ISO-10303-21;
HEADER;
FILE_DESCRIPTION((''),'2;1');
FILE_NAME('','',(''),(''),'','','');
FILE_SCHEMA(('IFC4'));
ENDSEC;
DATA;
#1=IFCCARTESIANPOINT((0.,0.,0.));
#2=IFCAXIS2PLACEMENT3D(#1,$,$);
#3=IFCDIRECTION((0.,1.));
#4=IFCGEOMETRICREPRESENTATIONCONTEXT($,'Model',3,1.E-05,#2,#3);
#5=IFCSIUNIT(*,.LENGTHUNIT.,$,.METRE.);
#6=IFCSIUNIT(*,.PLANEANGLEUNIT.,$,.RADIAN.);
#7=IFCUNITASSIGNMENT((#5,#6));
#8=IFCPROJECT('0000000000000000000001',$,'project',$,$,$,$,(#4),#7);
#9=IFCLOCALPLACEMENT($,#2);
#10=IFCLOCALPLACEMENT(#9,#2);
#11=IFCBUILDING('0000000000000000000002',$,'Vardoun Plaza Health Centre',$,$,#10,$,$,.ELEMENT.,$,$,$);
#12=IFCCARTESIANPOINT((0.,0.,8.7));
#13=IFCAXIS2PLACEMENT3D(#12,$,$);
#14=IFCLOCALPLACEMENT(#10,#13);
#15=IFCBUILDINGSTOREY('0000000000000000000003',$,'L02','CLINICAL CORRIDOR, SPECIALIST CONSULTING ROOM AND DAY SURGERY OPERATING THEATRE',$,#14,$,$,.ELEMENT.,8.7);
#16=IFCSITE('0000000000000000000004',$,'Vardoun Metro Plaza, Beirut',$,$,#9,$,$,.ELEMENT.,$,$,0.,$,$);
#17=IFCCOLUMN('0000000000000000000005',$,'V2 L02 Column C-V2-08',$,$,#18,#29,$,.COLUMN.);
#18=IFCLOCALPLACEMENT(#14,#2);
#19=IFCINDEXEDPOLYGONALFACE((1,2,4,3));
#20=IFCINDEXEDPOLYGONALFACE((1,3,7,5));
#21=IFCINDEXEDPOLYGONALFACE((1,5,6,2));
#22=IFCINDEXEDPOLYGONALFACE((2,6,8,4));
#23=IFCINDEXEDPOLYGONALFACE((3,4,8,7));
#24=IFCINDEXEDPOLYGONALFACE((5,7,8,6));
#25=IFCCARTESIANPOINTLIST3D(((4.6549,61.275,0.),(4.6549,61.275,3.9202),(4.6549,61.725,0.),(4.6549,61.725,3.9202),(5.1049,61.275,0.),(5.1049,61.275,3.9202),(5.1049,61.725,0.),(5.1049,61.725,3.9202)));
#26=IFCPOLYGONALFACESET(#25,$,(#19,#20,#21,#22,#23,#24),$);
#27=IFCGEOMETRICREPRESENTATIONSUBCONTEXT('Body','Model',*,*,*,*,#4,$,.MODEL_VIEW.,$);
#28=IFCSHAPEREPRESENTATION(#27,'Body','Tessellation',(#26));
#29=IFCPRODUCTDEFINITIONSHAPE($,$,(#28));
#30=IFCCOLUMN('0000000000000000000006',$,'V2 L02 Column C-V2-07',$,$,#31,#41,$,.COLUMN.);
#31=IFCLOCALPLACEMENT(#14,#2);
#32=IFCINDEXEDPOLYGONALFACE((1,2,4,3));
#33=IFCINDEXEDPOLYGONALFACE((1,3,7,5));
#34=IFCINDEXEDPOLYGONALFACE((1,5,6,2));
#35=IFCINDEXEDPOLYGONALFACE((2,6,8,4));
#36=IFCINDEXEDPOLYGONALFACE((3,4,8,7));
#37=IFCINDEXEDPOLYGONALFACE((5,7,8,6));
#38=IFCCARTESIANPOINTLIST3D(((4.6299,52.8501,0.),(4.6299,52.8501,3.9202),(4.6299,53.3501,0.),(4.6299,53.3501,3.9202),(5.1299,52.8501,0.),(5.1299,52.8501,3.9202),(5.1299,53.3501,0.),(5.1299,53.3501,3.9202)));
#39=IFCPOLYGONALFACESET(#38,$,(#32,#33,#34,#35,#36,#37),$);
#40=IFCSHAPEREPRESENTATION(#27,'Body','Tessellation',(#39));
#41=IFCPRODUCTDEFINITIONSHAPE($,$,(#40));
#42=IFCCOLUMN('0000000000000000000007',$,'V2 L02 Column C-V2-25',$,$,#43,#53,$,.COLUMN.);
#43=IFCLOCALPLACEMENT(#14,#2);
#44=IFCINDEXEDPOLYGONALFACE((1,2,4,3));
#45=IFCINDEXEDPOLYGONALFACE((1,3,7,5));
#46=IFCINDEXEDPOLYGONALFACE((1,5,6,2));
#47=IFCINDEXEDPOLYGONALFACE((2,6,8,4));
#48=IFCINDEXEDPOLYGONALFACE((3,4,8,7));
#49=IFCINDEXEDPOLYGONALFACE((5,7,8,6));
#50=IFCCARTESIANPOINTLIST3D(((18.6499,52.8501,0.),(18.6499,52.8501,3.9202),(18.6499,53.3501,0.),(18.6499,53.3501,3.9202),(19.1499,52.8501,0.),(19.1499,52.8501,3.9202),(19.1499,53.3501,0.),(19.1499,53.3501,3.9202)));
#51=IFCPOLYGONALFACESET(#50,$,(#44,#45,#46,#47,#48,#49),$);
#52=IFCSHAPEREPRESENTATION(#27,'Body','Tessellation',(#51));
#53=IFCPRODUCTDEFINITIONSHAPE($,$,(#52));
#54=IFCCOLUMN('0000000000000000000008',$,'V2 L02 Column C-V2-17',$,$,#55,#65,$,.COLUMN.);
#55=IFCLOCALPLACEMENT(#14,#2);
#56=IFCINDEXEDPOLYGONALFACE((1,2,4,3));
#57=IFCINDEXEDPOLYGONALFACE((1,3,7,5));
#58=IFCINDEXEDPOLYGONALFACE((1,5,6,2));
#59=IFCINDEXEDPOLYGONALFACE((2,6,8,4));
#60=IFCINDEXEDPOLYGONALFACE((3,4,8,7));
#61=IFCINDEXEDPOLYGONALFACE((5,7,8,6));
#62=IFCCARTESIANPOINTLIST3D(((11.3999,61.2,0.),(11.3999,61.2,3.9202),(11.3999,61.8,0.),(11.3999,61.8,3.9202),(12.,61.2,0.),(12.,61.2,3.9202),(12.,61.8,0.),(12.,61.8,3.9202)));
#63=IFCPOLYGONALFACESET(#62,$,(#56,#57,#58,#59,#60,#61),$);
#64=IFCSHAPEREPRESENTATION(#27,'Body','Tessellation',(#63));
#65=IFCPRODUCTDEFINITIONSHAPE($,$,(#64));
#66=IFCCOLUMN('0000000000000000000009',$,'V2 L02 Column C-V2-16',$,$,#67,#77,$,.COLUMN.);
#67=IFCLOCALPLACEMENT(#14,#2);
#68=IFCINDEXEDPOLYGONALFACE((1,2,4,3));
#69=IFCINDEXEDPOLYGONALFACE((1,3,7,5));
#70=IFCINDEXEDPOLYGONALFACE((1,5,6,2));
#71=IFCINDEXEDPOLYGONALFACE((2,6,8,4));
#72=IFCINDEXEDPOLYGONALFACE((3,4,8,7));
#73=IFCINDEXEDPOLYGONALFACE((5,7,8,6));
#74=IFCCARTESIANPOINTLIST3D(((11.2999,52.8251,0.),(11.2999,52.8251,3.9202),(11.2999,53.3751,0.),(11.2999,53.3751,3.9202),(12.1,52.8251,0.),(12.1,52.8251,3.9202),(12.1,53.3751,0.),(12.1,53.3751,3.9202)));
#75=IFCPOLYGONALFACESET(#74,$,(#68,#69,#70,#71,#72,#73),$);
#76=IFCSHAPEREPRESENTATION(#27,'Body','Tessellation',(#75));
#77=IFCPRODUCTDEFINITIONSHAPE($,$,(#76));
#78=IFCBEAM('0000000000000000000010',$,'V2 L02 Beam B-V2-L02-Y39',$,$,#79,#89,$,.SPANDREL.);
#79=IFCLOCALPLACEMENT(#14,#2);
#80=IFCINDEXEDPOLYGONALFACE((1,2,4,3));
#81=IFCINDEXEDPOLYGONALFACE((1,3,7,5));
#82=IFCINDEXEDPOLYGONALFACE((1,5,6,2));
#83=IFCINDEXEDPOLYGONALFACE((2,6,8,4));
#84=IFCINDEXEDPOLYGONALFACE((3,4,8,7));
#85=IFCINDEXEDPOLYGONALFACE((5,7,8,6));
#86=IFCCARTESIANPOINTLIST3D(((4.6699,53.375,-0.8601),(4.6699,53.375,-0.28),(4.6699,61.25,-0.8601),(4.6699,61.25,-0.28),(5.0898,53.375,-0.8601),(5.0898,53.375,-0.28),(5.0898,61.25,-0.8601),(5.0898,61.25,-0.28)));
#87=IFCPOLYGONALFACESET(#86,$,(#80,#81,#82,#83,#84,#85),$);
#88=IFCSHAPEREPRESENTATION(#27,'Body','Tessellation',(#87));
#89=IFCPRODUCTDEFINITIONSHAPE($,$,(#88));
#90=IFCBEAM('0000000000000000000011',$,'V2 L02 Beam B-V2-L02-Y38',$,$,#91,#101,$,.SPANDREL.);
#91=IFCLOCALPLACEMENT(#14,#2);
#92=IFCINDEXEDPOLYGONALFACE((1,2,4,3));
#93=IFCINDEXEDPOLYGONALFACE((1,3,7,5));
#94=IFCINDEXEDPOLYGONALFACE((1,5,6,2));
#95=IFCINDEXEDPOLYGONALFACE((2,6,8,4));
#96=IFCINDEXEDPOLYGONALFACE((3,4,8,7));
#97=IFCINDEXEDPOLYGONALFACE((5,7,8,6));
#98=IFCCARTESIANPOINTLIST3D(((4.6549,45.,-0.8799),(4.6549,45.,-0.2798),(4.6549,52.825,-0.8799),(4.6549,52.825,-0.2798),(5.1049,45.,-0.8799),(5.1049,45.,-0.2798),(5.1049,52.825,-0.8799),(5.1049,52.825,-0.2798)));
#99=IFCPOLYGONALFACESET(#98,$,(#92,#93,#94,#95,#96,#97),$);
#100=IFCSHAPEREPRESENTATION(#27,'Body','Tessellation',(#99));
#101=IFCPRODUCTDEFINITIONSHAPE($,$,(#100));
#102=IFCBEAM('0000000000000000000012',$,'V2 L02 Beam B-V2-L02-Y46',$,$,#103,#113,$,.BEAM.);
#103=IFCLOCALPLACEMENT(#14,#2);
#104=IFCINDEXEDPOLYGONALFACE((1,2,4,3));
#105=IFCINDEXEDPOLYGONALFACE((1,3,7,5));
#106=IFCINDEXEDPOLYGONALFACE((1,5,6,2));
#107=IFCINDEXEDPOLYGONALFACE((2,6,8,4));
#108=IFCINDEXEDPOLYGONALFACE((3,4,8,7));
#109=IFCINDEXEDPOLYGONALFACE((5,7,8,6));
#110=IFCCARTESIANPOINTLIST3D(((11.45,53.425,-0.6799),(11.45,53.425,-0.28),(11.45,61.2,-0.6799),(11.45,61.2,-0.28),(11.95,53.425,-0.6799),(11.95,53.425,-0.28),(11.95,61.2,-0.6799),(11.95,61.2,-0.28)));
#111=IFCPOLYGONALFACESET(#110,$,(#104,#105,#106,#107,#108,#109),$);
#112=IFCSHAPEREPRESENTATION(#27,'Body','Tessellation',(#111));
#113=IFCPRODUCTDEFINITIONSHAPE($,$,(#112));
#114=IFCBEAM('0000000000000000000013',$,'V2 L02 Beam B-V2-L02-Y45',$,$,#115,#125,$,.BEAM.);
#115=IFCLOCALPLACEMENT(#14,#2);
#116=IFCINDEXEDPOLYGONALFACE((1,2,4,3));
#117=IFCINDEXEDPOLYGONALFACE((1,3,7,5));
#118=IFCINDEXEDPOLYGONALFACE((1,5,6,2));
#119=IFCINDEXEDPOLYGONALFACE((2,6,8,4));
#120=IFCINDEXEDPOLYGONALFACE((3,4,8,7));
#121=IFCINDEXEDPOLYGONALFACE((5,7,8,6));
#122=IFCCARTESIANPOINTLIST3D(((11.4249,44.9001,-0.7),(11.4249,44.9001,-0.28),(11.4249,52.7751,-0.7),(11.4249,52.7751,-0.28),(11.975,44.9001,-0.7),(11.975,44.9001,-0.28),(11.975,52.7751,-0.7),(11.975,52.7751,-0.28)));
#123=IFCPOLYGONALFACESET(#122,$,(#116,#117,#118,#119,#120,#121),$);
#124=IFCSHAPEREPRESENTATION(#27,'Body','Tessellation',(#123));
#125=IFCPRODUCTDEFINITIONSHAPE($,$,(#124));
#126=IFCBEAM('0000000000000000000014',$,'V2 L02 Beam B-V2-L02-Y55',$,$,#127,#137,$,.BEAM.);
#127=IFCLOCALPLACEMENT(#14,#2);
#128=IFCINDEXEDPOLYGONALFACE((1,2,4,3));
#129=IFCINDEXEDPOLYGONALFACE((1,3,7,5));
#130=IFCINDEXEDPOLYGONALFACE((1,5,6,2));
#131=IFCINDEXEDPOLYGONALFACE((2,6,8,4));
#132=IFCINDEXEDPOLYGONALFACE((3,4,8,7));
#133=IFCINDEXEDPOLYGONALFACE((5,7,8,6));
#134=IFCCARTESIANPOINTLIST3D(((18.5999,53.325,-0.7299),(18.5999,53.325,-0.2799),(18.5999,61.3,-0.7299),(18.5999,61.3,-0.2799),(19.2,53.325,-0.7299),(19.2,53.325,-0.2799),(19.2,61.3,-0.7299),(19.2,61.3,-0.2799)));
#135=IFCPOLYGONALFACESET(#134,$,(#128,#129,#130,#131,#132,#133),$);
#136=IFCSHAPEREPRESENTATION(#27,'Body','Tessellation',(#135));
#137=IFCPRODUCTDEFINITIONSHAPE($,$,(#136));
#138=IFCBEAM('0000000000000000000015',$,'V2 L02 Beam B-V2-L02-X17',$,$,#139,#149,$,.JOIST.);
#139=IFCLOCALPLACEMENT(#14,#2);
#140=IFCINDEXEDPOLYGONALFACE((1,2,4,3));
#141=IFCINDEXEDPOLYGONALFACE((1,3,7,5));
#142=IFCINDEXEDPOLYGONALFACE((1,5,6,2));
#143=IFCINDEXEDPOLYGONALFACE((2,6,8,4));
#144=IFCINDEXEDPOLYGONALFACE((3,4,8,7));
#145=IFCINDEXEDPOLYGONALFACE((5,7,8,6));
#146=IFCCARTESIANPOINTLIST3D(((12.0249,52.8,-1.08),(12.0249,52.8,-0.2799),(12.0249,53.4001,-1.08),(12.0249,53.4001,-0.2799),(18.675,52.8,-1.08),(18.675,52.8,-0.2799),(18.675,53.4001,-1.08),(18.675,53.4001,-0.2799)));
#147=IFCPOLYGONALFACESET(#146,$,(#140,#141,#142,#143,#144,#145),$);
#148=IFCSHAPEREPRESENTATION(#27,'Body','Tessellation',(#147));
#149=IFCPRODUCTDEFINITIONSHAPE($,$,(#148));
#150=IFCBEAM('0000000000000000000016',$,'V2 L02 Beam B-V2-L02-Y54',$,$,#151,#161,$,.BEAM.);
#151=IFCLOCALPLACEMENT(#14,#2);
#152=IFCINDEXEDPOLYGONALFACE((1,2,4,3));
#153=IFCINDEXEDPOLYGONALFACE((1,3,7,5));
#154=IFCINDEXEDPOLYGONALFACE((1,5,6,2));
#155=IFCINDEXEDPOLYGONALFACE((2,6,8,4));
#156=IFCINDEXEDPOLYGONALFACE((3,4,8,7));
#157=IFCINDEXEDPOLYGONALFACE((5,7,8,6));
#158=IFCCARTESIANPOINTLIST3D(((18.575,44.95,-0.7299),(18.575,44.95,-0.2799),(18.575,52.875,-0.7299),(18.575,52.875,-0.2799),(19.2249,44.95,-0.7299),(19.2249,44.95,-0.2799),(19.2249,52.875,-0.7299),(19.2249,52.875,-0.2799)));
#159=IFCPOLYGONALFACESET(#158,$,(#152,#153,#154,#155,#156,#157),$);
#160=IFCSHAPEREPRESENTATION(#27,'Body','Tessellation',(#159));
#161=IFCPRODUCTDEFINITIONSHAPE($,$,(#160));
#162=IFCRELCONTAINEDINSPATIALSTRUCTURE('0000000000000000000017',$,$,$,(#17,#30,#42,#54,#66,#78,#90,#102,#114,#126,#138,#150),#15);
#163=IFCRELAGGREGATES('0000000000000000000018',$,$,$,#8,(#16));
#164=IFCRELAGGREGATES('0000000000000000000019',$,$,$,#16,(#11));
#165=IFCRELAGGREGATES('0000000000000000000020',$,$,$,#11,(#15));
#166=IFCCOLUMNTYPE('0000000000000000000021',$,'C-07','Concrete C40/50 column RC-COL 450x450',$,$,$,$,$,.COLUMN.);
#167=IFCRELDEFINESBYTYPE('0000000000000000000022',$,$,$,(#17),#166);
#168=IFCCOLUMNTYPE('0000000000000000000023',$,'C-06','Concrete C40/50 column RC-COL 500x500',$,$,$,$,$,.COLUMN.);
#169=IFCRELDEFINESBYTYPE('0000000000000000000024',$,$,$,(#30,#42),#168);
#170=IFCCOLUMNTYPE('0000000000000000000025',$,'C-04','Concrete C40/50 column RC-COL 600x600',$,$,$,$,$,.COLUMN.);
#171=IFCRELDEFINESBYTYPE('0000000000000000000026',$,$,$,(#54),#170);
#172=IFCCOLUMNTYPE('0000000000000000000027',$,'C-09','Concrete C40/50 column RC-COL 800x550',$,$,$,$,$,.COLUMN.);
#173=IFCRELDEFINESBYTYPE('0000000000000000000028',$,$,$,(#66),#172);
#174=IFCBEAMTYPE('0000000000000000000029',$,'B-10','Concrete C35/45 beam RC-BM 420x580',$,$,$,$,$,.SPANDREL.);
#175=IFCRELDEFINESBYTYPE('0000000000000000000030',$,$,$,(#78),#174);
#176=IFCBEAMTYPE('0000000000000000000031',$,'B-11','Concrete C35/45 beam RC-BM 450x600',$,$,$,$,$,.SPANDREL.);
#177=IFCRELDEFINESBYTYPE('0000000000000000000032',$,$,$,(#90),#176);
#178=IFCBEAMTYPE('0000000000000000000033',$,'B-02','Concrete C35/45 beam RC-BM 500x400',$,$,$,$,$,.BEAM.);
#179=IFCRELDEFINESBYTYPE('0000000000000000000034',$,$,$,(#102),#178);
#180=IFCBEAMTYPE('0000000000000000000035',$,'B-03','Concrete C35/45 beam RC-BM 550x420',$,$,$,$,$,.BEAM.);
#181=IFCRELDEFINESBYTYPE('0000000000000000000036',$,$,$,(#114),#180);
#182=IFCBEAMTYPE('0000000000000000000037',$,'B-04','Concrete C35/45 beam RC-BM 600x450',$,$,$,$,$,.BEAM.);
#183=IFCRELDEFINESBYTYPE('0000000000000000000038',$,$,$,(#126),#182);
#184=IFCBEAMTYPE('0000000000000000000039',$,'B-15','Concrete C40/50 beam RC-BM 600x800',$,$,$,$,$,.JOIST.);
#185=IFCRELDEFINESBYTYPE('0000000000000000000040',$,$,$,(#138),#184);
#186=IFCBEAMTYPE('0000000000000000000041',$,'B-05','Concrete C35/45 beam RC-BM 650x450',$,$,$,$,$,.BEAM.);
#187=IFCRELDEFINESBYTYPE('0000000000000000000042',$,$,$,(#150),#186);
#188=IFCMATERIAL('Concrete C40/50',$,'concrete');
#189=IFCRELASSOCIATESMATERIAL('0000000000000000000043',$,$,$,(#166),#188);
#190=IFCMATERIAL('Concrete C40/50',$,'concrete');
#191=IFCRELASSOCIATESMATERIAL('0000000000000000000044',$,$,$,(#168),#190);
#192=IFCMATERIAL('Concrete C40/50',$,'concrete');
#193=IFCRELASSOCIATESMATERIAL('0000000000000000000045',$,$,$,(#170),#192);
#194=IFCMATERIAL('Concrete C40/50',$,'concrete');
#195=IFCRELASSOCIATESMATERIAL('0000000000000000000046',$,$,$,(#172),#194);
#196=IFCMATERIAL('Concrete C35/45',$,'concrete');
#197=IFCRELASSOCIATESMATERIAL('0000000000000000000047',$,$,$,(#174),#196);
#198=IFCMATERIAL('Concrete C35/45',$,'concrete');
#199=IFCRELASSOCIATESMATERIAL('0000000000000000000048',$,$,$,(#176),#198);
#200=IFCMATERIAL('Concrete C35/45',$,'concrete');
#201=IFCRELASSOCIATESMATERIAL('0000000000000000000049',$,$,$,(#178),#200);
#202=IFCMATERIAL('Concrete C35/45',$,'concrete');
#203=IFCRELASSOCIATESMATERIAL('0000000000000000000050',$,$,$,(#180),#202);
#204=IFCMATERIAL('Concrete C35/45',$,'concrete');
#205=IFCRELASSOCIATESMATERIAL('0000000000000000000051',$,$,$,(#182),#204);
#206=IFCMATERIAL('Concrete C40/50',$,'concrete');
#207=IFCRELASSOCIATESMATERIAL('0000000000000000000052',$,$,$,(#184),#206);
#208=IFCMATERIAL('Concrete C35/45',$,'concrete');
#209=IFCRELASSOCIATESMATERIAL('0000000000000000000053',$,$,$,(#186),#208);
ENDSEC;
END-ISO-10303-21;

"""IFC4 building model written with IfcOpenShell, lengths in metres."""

from ifc_helpers import new_model, si_unit, direction, frame, origin, origin_2d, place, context, subcontext, project, spatial, rectangle, extrude, material, material_profile, profile_set, type_object, element, save


model = new_model("IFC4")

# Units and contexts
model_context = context("Model", 3, precision=1e-05, world=origin(), true_north=direction((0.0, 1.0)))
body_context = subcontext(model_context, "Body", "Model", "MODEL_VIEW")
ifc_project = project(units=[si_unit("LENGTHUNIT", "METRE"), si_unit("PLANEANGLEUNIT", "RADIAN")], contexts=[model_context])

# Site, building, storey
site_placement = place(None, origin())
site = spatial("IfcSite", under=ifc_project, at=site_placement, Name="Vardoun Metro Plaza, Beirut", CompositionType="ELEMENT", RefElevation=0.0)
building_placement = place(site_placement, origin())
building = spatial("IfcBuilding", under=site, at=building_placement, Name="Vardoun Plaza Health Centre", CompositionType="ELEMENT")
storey_placement = place(building_placement, frame((0.0, 0.0, 8.7)))
storey = spatial("IfcBuildingStorey", under=building, at=storey_placement, Name="L02", Description="CLINICAL CORRIDOR, SPECIALIST CONSULTING ROOM AND DAY SURGERY OPERATING THEATRE", CompositionType="ELEMENT", Elevation=8.7)

# Columns
ifc_material_1 = material(Name="Concrete C40/50", Category="concrete")
ifc_material_profile_1 = material_profile(ifc_material_1, rectangle(XDim=0.45, YDim=0.45, at=origin_2d()), Name="RC-COL 450x450")
ifc_profile_set_1 = profile_set([ifc_material_profile_1], Name="Concrete C40/50")
column_type_1 = type_object("IfcColumnType", Name="C-07", Description="Concrete C40/50 column RC-COL 450x450", PredefinedType="COLUMN", material=ifc_profile_set_1)
column_1_placement = place(storey_placement, frame((4.8799, 61.5, 0.0), z_axis=(0.0, 0.0, 1.0), x_axis=(1.0, 0.0, 0.0)))
element("IfcColumn", 1, at=column_1_placement, inside=storey, type_object=column_type_1, Name="V2 L02 Column C-V2-08", PredefinedType="COLUMN", context=body_context, shape_type="SweptSolid", body=[
    extrude(rectangle(XDim=0.45, YDim=0.45, at=origin_2d()), origin(), (0.0, 0.0, 1.0), 3.9202),
])
ifc_material_2 = material(Name="Concrete C40/50", Category="concrete")
ifc_material_profile_2 = material_profile(ifc_material_2, rectangle(XDim=0.5, YDim=0.5, at=origin_2d()), Name="RC-COL 500x500")
ifc_profile_set_2 = profile_set([ifc_material_profile_2], Name="Concrete C40/50")
column_type_2 = type_object("IfcColumnType", Name="C-06", Description="Concrete C40/50 column RC-COL 500x500", PredefinedType="COLUMN", material=ifc_profile_set_2)
for number, where, z_axis, x_axis, name in (
    (2, (4.8799, 53.1001, 0.0), (0.0, 0.0, 1.0), (1.0, 0.0, 0.0), "V2 L02 Column C-V2-07"),
    (3, (18.8999, 53.1001, 0.0), (0.0, 0.0, 1.0), (1.0, 0.0, 0.0), "V2 L02 Column C-V2-25"),
):
    element("IfcColumn", number, at=place(storey_placement, frame(where, z_axis=z_axis, x_axis=x_axis)), inside=storey, type_object=column_type_2, Name=name, PredefinedType="COLUMN", context=body_context, shape_type="SweptSolid", body=[
        extrude(rectangle(XDim=0.5, YDim=0.5, at=origin_2d()), origin(), (0.0, 0.0, 1.0), 3.9202),
    ])
ifc_material_3 = material(Name="Concrete C40/50", Category="concrete")
ifc_material_profile_3 = material_profile(ifc_material_3, rectangle(XDim=0.6001, YDim=0.6001, at=origin_2d()), Name="RC-COL 600x600")
ifc_profile_set_3 = profile_set([ifc_material_profile_3], Name="Concrete C40/50")
column_type_3 = type_object("IfcColumnType", Name="C-04", Description="Concrete C40/50 column RC-COL 600x600", PredefinedType="COLUMN", material=ifc_profile_set_3)
column_2_placement = place(storey_placement, frame((11.7, 61.5, 0.0), z_axis=(0.0, 0.0, 1.0), x_axis=(1.0, 0.0, 0.0)))
element("IfcColumn", 4, at=column_2_placement, inside=storey, type_object=column_type_3, Name="V2 L02 Column C-V2-17", PredefinedType="COLUMN", context=body_context, shape_type="SweptSolid", body=[
    extrude(rectangle(XDim=0.6001, YDim=0.6001, at=origin_2d()), origin(), (0.0, 0.0, 1.0), 3.9202),
])
ifc_material_4 = material(Name="Concrete C40/50", Category="concrete")
ifc_material_profile_4 = material_profile(ifc_material_4, rectangle(XDim=0.8, YDim=0.55, at=origin_2d()), Name="RC-COL 800x550")
ifc_profile_set_4 = profile_set([ifc_material_profile_4], Name="Concrete C40/50")
column_type_4 = type_object("IfcColumnType", Name="C-09", Description="Concrete C40/50 column RC-COL 800x550", PredefinedType="COLUMN", material=ifc_profile_set_4)
column_3_placement = place(storey_placement, frame((11.7, 53.1001, 0.0), z_axis=(0.0, 0.0, 1.0), x_axis=(1.0, 0.0, 0.0)))
element("IfcColumn", 5, at=column_3_placement, inside=storey, type_object=column_type_4, Name="V2 L02 Column C-V2-16", PredefinedType="COLUMN", context=body_context, shape_type="SweptSolid", body=[
    extrude(rectangle(XDim=0.8, YDim=0.55, at=origin_2d()), origin(), (0.0, 0.0, 1.0), 3.9202),
])

# Beams
ifc_material_5 = material(Name="Concrete C35/45", Category="concrete")
ifc_material_profile_5 = material_profile(ifc_material_5, rectangle(XDim=0.4199, YDim=0.5801, at=origin_2d()), Name="RC-BM 420x580")
ifc_profile_set_5 = profile_set([ifc_material_profile_5], Name="Concrete C35/45")
beam_type_1 = type_object("IfcBeamType", Name="B-10", Description="Concrete C35/45 beam RC-BM 420x580", PredefinedType="SPANDREL", material=ifc_profile_set_5)
beam_1_placement = place(storey_placement, frame((4.8799, 53.375, -0.5701), z_axis=(0.0, 1.0, 0.0), x_axis=(-1.0, 0.0, 0.0)))
element("IfcBeam", 6, at=beam_1_placement, inside=storey, type_object=beam_type_1, Name="V2 L02 Beam B-V2-L02-Y39", PredefinedType="SPANDREL", context=body_context, shape_type="SweptSolid", body=[
    extrude(rectangle(XDim=0.4199, YDim=0.5801, at=origin_2d()), origin(), (0.0, 0.0, 1.0), 7.875),
])
ifc_material_6 = material(Name="Concrete C35/45", Category="concrete")
ifc_material_profile_6 = material_profile(ifc_material_6, rectangle(XDim=0.45, YDim=0.6001, at=origin_2d()), Name="RC-BM 450x600")
ifc_profile_set_6 = profile_set([ifc_material_profile_6], Name="Concrete C35/45")
beam_type_2 = type_object("IfcBeamType", Name="B-11", Description="Concrete C35/45 beam RC-BM 450x600", PredefinedType="SPANDREL", material=ifc_profile_set_6)
beam_2_placement = place(storey_placement, frame((4.8799, 45.0, -0.5798), z_axis=(0.0, 1.0, 0.0), x_axis=(-1.0, 0.0, 0.0)))
element("IfcBeam", 7, at=beam_2_placement, inside=storey, type_object=beam_type_2, Name="V2 L02 Beam B-V2-L02-Y38", PredefinedType="SPANDREL", context=body_context, shape_type="SweptSolid", body=[
    extrude(rectangle(XDim=0.45, YDim=0.6001, at=origin_2d()), origin(), (0.0, 0.0, 1.0), 7.825),
])
ifc_material_7 = material(Name="Concrete C35/45", Category="concrete")
ifc_material_profile_7 = material_profile(ifc_material_7, rectangle(XDim=0.5, YDim=0.3999, at=origin_2d()), Name="RC-BM 500x400")
ifc_profile_set_7 = profile_set([ifc_material_profile_7], Name="Concrete C35/45")
beam_type_3 = type_object("IfcBeamType", Name="B-02", Description="Concrete C35/45 beam RC-BM 500x400", PredefinedType="BEAM", material=ifc_profile_set_7)
beam_3_placement = place(storey_placement, frame((11.7, 53.425, -0.48), z_axis=(0.0, 1.0, 0.0), x_axis=(-1.0, 0.0, 0.0)))
element("IfcBeam", 8, at=beam_3_placement, inside=storey, type_object=beam_type_3, Name="V2 L02 Beam B-V2-L02-Y46", PredefinedType="BEAM", context=body_context, shape_type="SweptSolid", body=[
    extrude(rectangle(XDim=0.5, YDim=0.3999, at=origin_2d()), origin(), (0.0, 0.0, 1.0), 7.7749),
])
ifc_material_8 = material(Name="Concrete C35/45", Category="concrete")
ifc_material_profile_8 = material_profile(ifc_material_8, rectangle(XDim=0.55, YDim=0.4199, at=origin_2d()), Name="RC-BM 550x420")
ifc_profile_set_8 = profile_set([ifc_material_profile_8], Name="Concrete C35/45")
beam_type_4 = type_object("IfcBeamType", Name="B-03", Description="Concrete C35/45 beam RC-BM 550x420", PredefinedType="BEAM", material=ifc_profile_set_8)
beam_4_placement = place(storey_placement, frame((11.7, 44.9001, -0.49), z_axis=(0.0, 1.0, 0.0), x_axis=(-1.0, 0.0, 0.0)))
element("IfcBeam", 9, at=beam_4_placement, inside=storey, type_object=beam_type_4, Name="V2 L02 Beam B-V2-L02-Y45", PredefinedType="BEAM", context=body_context, shape_type="SweptSolid", body=[
    extrude(rectangle(XDim=0.55, YDim=0.4199, at=origin_2d()), origin(), (0.0, 0.0, 1.0), 7.875),
])
ifc_material_9 = material(Name="Concrete C35/45", Category="concrete")
ifc_material_profile_9 = material_profile(ifc_material_9, rectangle(XDim=0.6001, YDim=0.45, at=origin_2d()), Name="RC-BM 600x450")
ifc_profile_set_9 = profile_set([ifc_material_profile_9], Name="Concrete C35/45")
beam_type_5 = type_object("IfcBeamType", Name="B-04", Description="Concrete C35/45 beam RC-BM 600x450", PredefinedType="BEAM", material=ifc_profile_set_9)
beam_5_placement = place(storey_placement, frame((18.8999, 53.325, -0.5049), z_axis=(0.0, 1.0, 0.0), x_axis=(-1.0, 0.0, 0.0)))
element("IfcBeam", 10, at=beam_5_placement, inside=storey, type_object=beam_type_5, Name="V2 L02 Beam B-V2-L02-Y55", PredefinedType="BEAM", context=body_context, shape_type="SweptSolid", body=[
    extrude(rectangle(XDim=0.6001, YDim=0.45, at=origin_2d()), origin(), (0.0, 0.0, 1.0), 7.9751),
])
ifc_material_10 = material(Name="Concrete C40/50", Category="concrete")
ifc_material_profile_10 = material_profile(ifc_material_10, rectangle(XDim=0.6001, YDim=0.8, at=origin_2d()), Name="RC-BM 600x800")
ifc_profile_set_10 = profile_set([ifc_material_profile_10], Name="Concrete C40/50")
beam_type_6 = type_object("IfcBeamType", Name="B-15", Description="Concrete C40/50 beam RC-BM 600x800", PredefinedType="JOIST", material=ifc_profile_set_10)
beam_6_placement = place(storey_placement, frame((12.0249, 53.1001, -0.6799), z_axis=(1.0, 0.0, 0.0), x_axis=(0.0, 1.0, 0.0)))
element("IfcBeam", 11, at=beam_6_placement, inside=storey, type_object=beam_type_6, Name="V2 L02 Beam B-V2-L02-X17", PredefinedType="JOIST", context=body_context, shape_type="SweptSolid", body=[
    extrude(rectangle(XDim=0.6001, YDim=0.8, at=origin_2d()), origin(), (0.0, 0.0, 1.0), 6.6501),
])
ifc_material_11 = material(Name="Concrete C35/45", Category="concrete")
ifc_material_profile_11 = material_profile(ifc_material_11, rectangle(XDim=0.6499, YDim=0.45, at=origin_2d()), Name="RC-BM 650x450")
ifc_profile_set_11 = profile_set([ifc_material_profile_11], Name="Concrete C35/45")
beam_type_7 = type_object("IfcBeamType", Name="B-05", Description="Concrete C35/45 beam RC-BM 650x450", PredefinedType="BEAM", material=ifc_profile_set_11)
beam_7_placement = place(storey_placement, frame((18.8999, 44.95, -0.5049), z_axis=(0.0, 1.0, 0.0), x_axis=(-1.0, 0.0, 0.0)))
element("IfcBeam", 12, at=beam_7_placement, inside=storey, type_object=beam_type_7, Name="V2 L02 Beam B-V2-L02-Y54", PredefinedType="BEAM", context=body_context, shape_type="SweptSolid", body=[
    extrude(rectangle(XDim=0.6499, YDim=0.45, at=origin_2d()), origin(), (0.0, 0.0, 1.0), 7.925),
])

save(model, "model.ifc")
